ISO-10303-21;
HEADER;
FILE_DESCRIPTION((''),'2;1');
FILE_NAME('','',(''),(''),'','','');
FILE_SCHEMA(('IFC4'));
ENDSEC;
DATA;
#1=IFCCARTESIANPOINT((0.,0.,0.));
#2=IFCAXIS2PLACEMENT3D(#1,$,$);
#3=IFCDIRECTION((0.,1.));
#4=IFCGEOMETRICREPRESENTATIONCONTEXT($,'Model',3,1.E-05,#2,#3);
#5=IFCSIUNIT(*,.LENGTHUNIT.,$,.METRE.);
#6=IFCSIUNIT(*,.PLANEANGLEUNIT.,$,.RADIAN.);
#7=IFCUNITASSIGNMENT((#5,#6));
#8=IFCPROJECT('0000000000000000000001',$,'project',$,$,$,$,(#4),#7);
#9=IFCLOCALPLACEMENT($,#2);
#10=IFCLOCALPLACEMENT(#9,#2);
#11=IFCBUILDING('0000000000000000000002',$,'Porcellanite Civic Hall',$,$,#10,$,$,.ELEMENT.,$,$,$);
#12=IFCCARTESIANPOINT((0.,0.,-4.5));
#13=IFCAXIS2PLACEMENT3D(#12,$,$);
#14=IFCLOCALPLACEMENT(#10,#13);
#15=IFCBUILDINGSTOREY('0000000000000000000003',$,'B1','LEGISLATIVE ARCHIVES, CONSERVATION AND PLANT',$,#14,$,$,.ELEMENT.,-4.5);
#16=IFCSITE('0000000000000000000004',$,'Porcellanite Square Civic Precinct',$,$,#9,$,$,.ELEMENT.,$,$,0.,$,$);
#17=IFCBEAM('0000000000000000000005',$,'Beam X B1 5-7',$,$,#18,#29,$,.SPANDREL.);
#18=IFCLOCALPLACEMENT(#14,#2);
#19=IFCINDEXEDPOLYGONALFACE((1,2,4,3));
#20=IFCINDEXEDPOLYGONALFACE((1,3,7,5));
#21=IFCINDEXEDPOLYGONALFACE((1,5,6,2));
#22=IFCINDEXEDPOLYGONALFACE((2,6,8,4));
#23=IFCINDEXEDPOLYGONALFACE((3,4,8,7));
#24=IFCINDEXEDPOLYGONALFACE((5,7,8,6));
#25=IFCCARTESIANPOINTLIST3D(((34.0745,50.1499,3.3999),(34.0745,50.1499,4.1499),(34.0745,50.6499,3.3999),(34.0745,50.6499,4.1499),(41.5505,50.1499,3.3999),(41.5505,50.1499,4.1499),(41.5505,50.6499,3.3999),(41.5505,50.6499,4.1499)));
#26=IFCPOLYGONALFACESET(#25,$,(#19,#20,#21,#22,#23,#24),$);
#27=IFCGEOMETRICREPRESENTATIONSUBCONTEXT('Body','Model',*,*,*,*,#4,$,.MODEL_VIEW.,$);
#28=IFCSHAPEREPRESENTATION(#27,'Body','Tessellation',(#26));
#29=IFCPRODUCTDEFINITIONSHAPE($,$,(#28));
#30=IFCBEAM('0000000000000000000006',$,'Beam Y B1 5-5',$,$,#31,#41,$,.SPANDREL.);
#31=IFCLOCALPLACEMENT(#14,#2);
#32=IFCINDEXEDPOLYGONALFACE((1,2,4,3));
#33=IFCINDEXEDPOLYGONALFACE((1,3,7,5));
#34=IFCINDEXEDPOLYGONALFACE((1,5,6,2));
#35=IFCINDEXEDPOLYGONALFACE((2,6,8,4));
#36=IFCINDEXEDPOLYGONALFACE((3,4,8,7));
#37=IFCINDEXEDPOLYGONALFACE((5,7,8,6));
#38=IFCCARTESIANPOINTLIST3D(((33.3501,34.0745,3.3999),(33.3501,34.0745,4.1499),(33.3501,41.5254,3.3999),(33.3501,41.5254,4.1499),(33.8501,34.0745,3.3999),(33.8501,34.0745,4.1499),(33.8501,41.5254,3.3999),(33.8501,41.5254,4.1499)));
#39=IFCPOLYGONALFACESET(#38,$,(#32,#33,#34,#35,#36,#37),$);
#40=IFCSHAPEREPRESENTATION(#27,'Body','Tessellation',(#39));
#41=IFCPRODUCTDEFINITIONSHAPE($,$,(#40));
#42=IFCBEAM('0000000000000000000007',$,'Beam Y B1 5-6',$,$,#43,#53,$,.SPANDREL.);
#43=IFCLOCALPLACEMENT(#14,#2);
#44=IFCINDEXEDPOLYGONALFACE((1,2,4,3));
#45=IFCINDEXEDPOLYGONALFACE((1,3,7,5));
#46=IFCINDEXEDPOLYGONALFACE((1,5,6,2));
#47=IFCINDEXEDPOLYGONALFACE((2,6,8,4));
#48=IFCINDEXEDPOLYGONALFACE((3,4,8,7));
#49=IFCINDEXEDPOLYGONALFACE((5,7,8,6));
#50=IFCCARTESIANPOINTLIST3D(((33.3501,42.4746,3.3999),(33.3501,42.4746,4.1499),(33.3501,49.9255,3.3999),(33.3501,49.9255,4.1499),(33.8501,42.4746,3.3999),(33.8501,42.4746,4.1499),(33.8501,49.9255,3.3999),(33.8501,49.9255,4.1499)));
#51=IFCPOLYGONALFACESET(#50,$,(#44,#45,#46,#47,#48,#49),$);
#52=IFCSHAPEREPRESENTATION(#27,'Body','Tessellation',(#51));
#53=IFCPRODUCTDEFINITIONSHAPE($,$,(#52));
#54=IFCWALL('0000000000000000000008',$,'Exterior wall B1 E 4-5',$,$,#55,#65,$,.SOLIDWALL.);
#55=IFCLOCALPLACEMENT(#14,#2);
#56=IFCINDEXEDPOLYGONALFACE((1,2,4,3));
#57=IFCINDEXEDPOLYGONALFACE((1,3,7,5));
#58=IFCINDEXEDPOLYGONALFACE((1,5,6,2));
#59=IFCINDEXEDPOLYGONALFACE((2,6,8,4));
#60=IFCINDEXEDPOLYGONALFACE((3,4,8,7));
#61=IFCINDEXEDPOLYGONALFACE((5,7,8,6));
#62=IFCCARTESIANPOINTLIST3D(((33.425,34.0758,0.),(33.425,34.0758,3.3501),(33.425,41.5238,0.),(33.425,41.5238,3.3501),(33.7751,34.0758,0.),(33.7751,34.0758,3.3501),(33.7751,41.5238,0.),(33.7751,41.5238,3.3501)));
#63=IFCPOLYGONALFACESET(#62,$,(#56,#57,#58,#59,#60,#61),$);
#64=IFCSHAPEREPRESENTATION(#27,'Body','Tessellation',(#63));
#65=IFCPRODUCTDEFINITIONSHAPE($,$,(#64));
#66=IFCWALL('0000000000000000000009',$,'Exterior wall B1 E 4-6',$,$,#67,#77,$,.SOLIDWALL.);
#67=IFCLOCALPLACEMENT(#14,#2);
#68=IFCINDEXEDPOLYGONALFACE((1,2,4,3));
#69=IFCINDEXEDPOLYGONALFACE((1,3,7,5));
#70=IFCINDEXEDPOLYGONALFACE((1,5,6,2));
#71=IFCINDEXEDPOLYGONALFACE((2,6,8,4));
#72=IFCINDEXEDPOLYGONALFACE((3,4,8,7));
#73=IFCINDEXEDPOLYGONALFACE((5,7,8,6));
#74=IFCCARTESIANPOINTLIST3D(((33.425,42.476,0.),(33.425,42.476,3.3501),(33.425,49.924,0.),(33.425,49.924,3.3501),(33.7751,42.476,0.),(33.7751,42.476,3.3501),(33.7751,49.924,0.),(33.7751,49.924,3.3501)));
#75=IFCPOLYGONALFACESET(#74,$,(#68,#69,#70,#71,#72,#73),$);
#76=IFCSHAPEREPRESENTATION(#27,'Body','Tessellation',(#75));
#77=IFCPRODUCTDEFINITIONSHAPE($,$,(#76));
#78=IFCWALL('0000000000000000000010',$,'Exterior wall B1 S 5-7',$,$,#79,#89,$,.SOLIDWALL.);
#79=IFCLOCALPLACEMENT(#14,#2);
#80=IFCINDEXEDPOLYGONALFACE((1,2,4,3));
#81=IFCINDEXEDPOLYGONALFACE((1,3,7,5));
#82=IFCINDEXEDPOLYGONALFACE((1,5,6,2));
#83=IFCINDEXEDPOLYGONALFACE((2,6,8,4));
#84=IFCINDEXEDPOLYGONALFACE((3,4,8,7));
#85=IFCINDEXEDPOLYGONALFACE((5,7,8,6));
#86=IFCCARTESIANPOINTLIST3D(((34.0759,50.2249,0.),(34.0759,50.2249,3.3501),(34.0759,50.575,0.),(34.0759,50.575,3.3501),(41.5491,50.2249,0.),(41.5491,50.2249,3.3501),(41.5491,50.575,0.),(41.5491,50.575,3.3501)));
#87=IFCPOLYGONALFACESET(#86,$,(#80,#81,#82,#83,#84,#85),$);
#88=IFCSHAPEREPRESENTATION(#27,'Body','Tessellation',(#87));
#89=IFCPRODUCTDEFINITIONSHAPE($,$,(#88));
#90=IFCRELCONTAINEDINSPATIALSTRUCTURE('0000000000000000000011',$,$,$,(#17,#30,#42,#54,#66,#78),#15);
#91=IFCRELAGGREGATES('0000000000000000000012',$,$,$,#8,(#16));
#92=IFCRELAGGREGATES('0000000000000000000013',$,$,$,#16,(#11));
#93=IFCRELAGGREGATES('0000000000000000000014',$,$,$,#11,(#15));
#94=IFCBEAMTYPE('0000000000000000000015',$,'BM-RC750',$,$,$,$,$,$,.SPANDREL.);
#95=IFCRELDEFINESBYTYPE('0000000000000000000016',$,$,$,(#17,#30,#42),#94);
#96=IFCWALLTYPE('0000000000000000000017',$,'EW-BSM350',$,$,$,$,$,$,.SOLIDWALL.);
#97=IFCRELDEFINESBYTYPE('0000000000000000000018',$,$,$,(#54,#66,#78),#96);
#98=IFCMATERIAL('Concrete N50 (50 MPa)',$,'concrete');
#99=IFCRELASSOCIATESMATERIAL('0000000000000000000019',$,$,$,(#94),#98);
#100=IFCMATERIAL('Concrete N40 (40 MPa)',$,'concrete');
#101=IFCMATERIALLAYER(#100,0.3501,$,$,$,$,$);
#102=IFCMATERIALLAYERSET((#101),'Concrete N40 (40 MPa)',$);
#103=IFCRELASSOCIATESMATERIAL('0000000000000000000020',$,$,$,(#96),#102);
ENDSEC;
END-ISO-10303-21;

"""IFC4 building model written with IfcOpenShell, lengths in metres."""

from ifc_helpers import new_model, si_unit, direction, frame, frame_2d, origin, origin_2d, place, context, subcontext, project, spatial, rectangle, extrude, material, layer, layer_set, material_profile, profile_set, type_object, element, save


model = new_model("IFC4")

# Units and contexts
model_context = context("Model", 3, precision=1e-05, world=origin(), true_north=direction((0.0, 1.0)))
body_context = subcontext(model_context, "Body", "Model", "MODEL_VIEW")
ifc_project = project(units=[si_unit("LENGTHUNIT", "METRE"), si_unit("PLANEANGLEUNIT", "RADIAN")], contexts=[model_context])

# Site, building, storey
site_placement = place(None, origin())
site = spatial("IfcSite", under=ifc_project, at=site_placement, Name="Porcellanite Square Civic Precinct", CompositionType="ELEMENT", RefElevation=0.0)
building_placement = place(site_placement, origin())
building = spatial("IfcBuilding", under=site, at=building_placement, Name="Porcellanite Civic Hall", CompositionType="ELEMENT")
storey_placement = place(building_placement, frame((0.0, 0.0, -4.5)))
storey = spatial("IfcBuildingStorey", under=building, at=storey_placement, Name="B1", Description="LEGISLATIVE ARCHIVES, CONSERVATION AND PLANT", CompositionType="ELEMENT", Elevation=-4.5)

# Beams
ifc_material_1 = material(Name="Concrete N50 (50 MPa)", Category="concrete")
ifc_material_profile_1 = material_profile(ifc_material_1, rectangle(XDim=0.5, YDim=0.75, at=origin_2d()), Name="RC-500x750")
ifc_profile_set_1 = profile_set([ifc_material_profile_1], Name="Concrete N50 (50 MPa)")
beam_type = type_object("IfcBeamType", Name="BM-RC750", PredefinedType="SPANDREL", material=ifc_profile_set_1)
beam_placement = place(storey_placement, frame((34.0745, 50.3999, 3.7749), z_axis=(1.0, 0.0, 0.0), x_axis=(0.0, 1.0, 0.0)))
element("IfcBeam", 1, at=beam_placement, inside=storey, type_object=beam_type, Name="Beam X B1 5-7", PredefinedType="SPANDREL", context=body_context, shape_type="SweptSolid", body=[
    extrude(rectangle(XDim=0.5, YDim=0.75, at=origin_2d()), origin(), (0.0, 0.0, 1.0), 7.4761),
])
for number, where, z_axis, x_axis, name in (
    (2, (33.6001, 34.0745, 3.7749), (0.0, 1.0, 0.0), (-1.0, 0.0, 0.0), "Beam Y B1 5-5"),
    (3, (33.6001, 42.4746, 3.7749), (0.0, 1.0, 0.0), (-1.0, 0.0, 0.0), "Beam Y B1 5-6"),
):
    element("IfcBeam", number, at=place(storey_placement, frame(where, z_axis=z_axis, x_axis=x_axis)), inside=storey, type_object=beam_type, Name=name, PredefinedType="SPANDREL", context=body_context, shape_type="SweptSolid", body=[
        extrude(rectangle(XDim=0.5, YDim=0.75, at=origin_2d()), origin(), (0.0, 0.0, 1.0), 7.4509),
    ])

# Walls
ifc_material_2 = material(Name="Concrete N40 (40 MPa)", Category="concrete")
ifc_layer = layer(ifc_material_2, 0.3501)
ifc_layer_set = layer_set([ifc_layer], Name="Concrete N40 (40 MPa)")
wall_type = type_object("IfcWallType", Name="EW-BSM350", PredefinedType="SOLIDWALL", material=ifc_layer_set)
for number, where, z_axis, x_axis, name in (
    (4, (33.6001, 41.5239, 0.0), (0.0, 0.0, 1.0), (0.0, -1.0, 0.0), "Exterior wall B1 E 4-5"),
    (5, (33.6001, 49.9241, 0.0), (0.0, 0.0, 1.0), (0.0, -1.0, 0.0), "Exterior wall B1 E 4-6"),
):
    element("IfcWall", number, at=place(storey_placement, frame(where, z_axis=z_axis, x_axis=x_axis)), inside=storey, type_object=wall_type, Name=name, PredefinedType="SOLIDWALL", context=body_context, shape_type="SweptSolid", body=[
        extrude(rectangle(XDim=7.448, YDim=0.3501, at=frame_2d((3.7241, 0.0))), origin(), (0.0, 0.0, 1.0), 3.3501),
    ])
wall_placement = place(storey_placement, frame((41.5491, 50.3999, 0.0), z_axis=(0.0, 0.0, 1.0), x_axis=(-1.0, 0.0, 0.0)))
element("IfcWall", 6, at=wall_placement, inside=storey, type_object=wall_type, Name="Exterior wall B1 S 5-7", PredefinedType="SOLIDWALL", context=body_context, shape_type="SweptSolid", body=[
    extrude(rectangle(XDim=7.4731, YDim=0.3501, at=frame_2d((3.7366, 0.0))), origin(), (0.0, 0.0, 1.0), 3.3501),
])

save(model, "model.ifc")
